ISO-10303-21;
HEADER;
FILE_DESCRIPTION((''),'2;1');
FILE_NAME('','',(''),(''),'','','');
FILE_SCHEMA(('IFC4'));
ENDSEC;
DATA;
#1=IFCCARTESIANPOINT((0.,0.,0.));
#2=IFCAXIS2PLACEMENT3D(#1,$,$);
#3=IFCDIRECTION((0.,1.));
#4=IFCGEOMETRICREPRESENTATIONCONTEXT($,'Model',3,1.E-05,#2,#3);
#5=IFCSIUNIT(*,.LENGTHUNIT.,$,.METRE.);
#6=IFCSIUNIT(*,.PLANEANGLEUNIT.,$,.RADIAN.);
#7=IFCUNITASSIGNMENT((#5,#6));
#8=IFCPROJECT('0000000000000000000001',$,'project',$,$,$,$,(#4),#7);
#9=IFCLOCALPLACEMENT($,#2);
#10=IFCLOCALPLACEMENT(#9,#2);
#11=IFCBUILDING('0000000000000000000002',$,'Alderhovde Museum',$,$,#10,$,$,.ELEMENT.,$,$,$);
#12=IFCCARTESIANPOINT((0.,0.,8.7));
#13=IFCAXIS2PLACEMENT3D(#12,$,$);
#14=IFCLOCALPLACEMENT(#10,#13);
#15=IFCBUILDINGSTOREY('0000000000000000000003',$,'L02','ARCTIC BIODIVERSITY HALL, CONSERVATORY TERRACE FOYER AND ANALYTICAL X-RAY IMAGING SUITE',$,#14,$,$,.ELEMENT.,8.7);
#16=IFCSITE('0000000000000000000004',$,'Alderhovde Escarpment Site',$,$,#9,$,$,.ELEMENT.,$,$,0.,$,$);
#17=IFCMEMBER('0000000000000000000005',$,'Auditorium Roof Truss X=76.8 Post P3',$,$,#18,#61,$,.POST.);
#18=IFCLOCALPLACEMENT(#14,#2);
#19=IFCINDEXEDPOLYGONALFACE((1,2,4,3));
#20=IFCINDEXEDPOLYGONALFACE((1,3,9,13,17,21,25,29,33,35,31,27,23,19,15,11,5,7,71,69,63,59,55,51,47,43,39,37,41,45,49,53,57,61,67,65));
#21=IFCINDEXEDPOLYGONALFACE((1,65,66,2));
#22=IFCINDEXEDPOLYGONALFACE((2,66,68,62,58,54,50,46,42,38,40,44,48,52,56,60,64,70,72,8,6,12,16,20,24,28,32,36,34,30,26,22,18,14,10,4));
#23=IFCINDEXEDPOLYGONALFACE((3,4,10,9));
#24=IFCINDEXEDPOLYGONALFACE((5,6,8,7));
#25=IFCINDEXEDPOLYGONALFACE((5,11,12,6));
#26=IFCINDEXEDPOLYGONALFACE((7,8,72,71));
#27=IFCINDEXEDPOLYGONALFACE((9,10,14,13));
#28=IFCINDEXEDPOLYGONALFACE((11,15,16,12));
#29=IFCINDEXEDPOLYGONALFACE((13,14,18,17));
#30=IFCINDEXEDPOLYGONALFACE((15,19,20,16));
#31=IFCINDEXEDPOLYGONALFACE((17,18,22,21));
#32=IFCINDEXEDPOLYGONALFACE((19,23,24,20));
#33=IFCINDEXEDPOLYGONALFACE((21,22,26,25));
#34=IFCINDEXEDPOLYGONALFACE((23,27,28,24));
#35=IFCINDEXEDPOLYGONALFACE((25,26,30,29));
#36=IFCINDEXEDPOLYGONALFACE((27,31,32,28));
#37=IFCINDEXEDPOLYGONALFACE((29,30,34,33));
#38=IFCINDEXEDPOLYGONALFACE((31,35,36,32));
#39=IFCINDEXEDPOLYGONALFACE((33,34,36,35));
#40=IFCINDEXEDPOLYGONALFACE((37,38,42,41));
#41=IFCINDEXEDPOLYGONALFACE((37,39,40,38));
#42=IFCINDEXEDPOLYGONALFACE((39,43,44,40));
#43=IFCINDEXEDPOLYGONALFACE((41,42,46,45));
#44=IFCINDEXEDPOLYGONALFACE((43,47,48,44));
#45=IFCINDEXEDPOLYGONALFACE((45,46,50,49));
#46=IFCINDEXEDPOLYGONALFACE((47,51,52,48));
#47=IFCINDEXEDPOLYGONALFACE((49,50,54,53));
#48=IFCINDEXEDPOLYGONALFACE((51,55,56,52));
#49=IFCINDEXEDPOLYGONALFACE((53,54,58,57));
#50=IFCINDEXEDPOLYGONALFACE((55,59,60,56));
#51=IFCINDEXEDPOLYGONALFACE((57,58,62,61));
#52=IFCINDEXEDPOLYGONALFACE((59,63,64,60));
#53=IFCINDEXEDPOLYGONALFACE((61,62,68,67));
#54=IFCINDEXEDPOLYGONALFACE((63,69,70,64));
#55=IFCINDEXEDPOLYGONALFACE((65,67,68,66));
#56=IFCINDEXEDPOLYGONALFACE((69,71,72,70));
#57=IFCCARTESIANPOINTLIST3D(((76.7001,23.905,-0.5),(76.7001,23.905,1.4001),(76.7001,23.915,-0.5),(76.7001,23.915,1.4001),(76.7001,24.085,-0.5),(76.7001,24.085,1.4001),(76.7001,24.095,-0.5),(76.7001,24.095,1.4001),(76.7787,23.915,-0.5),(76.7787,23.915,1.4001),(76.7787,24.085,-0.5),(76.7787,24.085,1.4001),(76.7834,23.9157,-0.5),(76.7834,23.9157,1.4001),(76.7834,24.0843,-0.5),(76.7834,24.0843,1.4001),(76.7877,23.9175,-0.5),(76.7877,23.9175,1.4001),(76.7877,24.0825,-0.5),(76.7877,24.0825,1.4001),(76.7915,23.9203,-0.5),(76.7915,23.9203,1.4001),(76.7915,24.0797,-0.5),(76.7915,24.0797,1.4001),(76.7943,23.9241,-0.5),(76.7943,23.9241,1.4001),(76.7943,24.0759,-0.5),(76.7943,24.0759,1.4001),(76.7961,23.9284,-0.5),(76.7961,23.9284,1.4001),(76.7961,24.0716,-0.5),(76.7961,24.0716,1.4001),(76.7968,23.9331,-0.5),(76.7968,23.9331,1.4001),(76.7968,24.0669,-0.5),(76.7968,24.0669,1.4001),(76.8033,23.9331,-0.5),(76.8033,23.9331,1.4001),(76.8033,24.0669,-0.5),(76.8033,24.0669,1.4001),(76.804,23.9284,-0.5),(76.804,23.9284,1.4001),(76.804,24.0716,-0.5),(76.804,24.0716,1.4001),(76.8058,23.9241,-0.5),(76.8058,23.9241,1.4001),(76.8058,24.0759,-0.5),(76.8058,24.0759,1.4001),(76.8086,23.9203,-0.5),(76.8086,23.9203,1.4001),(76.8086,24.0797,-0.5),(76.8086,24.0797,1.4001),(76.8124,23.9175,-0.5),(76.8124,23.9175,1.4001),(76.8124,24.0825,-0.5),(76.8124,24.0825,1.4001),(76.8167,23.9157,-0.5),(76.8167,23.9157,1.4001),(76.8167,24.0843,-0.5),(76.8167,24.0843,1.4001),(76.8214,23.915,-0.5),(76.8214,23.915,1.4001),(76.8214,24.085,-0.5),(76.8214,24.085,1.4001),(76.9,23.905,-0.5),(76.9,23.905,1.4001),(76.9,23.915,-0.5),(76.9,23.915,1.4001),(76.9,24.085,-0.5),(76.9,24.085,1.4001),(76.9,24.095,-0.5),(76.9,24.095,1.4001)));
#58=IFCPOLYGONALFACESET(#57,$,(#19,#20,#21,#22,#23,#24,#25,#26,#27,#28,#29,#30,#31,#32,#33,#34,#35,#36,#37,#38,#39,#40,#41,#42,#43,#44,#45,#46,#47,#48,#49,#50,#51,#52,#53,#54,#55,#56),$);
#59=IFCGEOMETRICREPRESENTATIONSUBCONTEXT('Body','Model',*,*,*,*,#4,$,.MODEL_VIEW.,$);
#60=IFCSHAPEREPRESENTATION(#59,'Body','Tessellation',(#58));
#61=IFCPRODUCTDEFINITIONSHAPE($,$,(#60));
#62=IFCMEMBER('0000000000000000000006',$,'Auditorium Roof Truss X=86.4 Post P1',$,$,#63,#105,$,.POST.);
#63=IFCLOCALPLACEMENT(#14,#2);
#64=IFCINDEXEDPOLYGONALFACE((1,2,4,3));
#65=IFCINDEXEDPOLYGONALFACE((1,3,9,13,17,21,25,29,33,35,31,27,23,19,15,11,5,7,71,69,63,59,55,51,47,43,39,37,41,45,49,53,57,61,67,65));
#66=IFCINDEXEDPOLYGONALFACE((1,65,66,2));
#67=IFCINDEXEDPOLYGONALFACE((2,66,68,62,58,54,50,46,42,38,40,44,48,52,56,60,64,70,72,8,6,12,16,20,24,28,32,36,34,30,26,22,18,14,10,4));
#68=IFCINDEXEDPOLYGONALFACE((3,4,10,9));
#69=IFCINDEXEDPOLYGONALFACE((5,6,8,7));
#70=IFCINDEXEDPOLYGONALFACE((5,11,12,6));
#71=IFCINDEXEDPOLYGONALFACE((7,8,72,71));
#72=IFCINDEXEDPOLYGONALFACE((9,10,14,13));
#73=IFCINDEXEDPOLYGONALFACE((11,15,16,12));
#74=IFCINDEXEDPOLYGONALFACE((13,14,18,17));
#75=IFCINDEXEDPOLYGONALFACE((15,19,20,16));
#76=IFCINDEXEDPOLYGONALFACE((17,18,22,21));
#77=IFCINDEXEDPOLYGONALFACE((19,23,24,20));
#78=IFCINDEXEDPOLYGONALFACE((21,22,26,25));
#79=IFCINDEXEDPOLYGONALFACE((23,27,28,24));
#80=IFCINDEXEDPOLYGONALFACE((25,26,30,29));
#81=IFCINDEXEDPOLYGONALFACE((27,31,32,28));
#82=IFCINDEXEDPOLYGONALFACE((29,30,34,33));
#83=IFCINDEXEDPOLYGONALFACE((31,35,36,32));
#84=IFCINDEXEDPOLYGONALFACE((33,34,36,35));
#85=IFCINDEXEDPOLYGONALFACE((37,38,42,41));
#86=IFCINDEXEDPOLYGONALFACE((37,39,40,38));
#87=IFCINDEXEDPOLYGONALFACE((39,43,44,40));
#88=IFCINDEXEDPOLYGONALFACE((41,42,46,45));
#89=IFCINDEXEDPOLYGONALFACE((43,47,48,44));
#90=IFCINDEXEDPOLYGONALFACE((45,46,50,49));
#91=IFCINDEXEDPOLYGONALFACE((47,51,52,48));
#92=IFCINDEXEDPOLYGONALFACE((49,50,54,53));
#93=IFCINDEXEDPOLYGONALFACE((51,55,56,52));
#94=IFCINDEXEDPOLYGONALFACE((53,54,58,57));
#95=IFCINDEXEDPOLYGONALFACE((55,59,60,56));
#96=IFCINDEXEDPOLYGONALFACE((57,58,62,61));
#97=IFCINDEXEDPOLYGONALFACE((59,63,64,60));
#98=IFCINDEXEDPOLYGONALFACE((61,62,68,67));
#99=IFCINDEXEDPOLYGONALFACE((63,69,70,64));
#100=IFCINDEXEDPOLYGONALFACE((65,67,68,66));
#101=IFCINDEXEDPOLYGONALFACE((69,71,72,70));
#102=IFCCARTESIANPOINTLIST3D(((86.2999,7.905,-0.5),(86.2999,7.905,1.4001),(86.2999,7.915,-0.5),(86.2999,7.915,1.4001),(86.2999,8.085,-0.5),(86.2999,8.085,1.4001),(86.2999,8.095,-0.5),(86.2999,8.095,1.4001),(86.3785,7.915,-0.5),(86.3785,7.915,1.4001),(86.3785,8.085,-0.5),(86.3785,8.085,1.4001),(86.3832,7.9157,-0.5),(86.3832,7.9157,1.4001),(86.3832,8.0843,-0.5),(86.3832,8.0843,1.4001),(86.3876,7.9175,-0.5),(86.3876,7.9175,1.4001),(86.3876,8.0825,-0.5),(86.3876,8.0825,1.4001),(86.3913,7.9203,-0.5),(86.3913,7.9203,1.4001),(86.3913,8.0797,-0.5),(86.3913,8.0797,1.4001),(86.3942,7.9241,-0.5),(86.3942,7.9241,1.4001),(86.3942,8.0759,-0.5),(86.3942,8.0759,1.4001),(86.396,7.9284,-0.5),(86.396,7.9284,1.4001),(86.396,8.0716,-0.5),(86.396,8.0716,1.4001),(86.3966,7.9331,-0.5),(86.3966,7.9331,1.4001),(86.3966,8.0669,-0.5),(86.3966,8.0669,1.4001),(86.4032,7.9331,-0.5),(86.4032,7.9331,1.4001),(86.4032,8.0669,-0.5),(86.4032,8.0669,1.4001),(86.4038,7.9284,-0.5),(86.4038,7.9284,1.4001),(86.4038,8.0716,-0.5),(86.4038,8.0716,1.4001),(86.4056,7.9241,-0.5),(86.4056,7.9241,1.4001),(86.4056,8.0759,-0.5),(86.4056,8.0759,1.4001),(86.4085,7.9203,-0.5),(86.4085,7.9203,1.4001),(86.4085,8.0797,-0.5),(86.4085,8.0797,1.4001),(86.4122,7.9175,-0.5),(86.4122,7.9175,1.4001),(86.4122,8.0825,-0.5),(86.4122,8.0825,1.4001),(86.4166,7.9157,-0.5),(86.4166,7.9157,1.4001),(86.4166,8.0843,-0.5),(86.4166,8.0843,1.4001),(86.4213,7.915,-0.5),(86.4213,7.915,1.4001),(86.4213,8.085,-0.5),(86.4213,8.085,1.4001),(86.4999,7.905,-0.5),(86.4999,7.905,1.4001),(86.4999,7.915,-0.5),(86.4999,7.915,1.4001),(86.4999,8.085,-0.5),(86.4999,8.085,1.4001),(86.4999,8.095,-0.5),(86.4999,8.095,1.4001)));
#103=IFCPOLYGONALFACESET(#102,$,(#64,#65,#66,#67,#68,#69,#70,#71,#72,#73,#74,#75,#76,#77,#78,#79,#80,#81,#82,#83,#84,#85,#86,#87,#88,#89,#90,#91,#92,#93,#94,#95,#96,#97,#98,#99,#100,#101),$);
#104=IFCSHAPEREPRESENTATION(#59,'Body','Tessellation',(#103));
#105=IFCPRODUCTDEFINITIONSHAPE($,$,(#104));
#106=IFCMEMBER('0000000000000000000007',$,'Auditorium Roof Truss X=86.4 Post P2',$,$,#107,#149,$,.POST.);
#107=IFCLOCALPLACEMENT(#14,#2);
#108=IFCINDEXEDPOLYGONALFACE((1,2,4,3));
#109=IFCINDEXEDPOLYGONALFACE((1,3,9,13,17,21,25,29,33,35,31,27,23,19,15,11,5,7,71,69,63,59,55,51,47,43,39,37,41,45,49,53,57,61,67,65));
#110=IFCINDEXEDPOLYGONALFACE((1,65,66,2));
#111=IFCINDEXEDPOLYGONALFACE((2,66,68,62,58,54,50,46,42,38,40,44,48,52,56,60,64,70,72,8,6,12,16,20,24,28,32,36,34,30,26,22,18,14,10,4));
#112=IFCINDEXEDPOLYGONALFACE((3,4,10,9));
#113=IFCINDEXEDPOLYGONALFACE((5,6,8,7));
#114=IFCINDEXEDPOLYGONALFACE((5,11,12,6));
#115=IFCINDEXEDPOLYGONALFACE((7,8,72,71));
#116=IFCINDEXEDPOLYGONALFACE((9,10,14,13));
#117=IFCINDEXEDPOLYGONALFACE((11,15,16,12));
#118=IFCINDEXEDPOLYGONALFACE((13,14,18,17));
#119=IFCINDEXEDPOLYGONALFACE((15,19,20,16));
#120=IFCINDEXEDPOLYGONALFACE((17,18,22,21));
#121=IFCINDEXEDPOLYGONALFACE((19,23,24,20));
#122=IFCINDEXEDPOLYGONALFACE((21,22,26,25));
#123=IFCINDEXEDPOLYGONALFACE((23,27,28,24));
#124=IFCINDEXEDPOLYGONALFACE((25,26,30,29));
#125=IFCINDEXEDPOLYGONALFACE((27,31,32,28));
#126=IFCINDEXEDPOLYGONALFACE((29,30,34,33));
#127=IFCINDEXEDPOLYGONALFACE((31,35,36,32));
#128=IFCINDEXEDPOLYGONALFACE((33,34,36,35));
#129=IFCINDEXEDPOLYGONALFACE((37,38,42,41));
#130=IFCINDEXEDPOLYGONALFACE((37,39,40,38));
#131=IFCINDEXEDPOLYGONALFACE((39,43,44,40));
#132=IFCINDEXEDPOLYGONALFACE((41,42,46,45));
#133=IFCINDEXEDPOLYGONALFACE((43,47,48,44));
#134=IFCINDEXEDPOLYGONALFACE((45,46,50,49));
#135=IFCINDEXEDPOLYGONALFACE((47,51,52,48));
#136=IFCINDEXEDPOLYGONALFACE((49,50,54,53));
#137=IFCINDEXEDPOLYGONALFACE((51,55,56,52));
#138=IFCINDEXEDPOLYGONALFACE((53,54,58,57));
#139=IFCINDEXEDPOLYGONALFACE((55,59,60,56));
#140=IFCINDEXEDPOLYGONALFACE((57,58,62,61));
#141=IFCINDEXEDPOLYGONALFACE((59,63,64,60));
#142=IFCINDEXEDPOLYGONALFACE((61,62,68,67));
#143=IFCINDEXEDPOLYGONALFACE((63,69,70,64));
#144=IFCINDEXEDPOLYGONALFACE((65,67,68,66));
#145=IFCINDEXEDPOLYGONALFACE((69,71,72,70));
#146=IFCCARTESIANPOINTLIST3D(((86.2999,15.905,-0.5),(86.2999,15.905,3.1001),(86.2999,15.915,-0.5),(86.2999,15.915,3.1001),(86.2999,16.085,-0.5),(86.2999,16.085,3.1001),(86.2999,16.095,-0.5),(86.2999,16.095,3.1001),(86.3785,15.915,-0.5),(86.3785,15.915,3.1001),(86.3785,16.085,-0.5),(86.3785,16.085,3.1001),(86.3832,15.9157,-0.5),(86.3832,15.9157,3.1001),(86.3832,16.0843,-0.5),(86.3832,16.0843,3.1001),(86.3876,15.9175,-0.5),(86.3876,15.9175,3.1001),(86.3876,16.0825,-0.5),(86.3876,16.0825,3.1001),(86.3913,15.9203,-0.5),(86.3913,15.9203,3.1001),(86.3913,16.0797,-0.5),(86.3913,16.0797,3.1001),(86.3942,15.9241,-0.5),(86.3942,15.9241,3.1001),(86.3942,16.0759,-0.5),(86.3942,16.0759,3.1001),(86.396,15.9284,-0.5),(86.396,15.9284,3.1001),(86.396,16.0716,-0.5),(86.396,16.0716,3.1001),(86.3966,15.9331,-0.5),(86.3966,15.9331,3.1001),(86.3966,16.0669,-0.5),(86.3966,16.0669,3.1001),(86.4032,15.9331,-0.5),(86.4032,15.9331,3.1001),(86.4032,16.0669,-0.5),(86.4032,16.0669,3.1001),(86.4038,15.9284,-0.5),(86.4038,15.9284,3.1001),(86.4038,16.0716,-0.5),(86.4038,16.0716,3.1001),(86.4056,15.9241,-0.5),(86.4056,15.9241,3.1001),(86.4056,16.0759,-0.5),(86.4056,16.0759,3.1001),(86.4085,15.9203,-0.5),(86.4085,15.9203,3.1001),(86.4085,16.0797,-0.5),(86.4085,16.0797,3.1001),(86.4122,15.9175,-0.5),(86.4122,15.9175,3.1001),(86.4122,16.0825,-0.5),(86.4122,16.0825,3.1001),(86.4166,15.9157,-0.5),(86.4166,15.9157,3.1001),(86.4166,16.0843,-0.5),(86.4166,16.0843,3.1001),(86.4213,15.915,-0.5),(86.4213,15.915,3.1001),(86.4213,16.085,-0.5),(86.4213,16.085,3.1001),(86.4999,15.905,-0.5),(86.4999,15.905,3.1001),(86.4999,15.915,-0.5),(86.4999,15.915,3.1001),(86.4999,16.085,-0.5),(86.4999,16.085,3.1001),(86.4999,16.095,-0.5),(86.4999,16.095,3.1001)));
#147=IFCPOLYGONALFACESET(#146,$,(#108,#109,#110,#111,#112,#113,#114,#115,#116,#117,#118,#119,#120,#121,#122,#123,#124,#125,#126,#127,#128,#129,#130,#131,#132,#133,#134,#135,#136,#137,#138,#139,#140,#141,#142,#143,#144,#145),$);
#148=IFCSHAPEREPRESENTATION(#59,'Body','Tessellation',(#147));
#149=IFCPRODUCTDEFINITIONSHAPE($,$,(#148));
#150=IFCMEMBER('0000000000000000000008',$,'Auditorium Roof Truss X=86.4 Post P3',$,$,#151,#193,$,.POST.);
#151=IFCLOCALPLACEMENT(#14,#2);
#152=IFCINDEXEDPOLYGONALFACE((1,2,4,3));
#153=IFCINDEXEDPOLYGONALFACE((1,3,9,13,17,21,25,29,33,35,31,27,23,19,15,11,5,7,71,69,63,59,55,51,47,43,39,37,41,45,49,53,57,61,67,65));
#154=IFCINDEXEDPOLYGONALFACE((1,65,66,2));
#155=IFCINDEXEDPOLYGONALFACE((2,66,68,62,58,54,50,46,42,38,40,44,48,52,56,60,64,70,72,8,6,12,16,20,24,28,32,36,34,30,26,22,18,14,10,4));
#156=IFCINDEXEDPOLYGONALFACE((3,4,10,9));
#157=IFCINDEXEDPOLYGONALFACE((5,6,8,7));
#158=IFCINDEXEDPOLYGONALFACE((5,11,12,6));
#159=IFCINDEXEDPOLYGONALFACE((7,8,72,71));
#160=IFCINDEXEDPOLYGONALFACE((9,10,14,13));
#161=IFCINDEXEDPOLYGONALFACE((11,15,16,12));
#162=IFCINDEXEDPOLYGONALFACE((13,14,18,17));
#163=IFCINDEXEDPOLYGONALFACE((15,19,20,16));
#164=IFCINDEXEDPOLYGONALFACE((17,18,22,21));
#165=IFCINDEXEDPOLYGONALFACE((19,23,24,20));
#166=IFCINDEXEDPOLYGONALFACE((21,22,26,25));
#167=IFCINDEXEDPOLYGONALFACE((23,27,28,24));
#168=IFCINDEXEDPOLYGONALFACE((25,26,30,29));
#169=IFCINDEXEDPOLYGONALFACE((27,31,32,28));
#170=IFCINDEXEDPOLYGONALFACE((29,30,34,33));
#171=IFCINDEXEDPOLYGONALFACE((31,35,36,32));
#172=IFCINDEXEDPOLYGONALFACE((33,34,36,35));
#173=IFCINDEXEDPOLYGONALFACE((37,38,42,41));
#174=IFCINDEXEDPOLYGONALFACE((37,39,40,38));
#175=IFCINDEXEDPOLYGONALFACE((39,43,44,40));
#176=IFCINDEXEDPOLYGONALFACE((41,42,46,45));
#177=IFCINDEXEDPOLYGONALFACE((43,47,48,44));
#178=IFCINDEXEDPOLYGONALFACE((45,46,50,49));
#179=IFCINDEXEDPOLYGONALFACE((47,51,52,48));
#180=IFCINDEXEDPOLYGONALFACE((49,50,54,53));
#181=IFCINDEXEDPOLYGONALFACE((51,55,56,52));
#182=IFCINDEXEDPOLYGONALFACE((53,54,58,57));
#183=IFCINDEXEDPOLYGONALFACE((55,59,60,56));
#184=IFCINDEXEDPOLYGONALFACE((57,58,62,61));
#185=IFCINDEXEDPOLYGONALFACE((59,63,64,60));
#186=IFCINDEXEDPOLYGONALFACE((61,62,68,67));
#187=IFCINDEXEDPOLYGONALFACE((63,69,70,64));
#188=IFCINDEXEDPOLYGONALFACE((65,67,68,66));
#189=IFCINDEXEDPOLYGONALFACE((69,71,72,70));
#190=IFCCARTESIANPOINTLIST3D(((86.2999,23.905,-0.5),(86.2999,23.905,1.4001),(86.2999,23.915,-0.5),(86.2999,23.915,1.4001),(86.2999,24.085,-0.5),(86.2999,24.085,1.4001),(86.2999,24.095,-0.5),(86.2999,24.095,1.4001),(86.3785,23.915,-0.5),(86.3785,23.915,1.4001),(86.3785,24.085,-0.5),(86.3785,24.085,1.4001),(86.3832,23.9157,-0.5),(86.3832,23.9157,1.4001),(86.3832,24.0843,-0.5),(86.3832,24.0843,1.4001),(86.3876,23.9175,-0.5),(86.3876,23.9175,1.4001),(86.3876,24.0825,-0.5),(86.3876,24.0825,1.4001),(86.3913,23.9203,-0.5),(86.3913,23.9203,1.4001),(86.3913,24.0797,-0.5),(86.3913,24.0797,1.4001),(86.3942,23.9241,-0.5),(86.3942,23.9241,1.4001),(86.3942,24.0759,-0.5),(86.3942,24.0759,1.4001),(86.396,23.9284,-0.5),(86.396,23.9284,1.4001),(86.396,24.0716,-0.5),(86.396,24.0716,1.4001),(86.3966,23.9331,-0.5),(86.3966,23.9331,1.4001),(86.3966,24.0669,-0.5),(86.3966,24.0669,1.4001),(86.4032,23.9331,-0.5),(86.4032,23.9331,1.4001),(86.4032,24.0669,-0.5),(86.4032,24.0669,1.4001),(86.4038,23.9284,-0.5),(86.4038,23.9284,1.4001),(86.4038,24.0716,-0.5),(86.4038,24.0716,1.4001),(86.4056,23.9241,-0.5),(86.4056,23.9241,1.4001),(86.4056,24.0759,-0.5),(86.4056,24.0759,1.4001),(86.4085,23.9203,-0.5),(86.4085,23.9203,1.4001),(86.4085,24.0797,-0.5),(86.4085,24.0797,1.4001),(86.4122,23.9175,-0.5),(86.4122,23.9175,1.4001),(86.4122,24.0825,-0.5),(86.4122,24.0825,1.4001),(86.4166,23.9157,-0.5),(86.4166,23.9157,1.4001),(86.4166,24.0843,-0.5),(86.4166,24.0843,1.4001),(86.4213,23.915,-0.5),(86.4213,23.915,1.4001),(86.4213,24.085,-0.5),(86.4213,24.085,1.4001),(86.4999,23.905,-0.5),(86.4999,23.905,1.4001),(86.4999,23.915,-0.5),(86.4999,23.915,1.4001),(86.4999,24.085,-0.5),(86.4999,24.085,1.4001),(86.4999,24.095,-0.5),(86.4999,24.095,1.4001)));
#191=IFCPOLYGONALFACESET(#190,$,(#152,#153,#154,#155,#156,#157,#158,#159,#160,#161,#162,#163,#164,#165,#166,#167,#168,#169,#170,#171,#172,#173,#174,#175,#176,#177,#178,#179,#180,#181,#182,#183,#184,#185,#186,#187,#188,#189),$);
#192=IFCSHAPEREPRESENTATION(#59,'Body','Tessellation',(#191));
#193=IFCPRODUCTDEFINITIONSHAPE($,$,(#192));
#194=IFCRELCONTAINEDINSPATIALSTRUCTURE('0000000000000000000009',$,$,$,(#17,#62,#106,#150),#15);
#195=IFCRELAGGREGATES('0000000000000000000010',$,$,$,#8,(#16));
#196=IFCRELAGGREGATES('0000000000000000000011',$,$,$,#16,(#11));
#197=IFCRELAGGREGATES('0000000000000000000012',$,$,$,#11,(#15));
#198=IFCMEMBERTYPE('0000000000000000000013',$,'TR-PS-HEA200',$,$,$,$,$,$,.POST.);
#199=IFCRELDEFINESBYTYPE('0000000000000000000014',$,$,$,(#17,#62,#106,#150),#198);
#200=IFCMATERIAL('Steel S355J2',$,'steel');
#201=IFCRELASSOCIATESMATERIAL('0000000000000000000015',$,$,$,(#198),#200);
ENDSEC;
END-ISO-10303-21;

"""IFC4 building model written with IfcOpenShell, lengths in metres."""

from ifc_helpers import new_model, si_unit, direction, frame, origin, origin_2d, place, context, subcontext, project, spatial, i_section, extrude, material, material_profile, profile_set, type_object, element, save


model = new_model("IFC4")

# Units and contexts
model_context = context("Model", 3, precision=1e-05, world=origin(), true_north=direction((0.0, 1.0)))
body_context = subcontext(model_context, "Body", "Model", "MODEL_VIEW")
ifc_project = project(units=[si_unit("LENGTHUNIT", "METRE"), si_unit("PLANEANGLEUNIT", "RADIAN")], contexts=[model_context])

# Site, building, storey
site_placement = place(None, origin())
site = spatial("IfcSite", under=ifc_project, at=site_placement, Name="Alderhovde Escarpment Site", CompositionType="ELEMENT", RefElevation=0.0)
building_placement = place(site_placement, origin())
building = spatial("IfcBuilding", under=site, at=building_placement, Name="Alderhovde Museum", CompositionType="ELEMENT")
storey_placement = place(building_placement, frame((0.0, 0.0, 8.7)))
storey = spatial("IfcBuildingStorey", under=building, at=storey_placement, Name="L02", Description="ARCTIC BIODIVERSITY HALL, CONSERVATORY TERRACE FOYER AND ANALYTICAL X-RAY IMAGING SUITE", CompositionType="ELEMENT", Elevation=8.7)

# Members
ifc_material_1 = material(Name="Steel S355J2", Category="steel")
ifc_material_profile_1 = material_profile(ifc_material_1, i_section(OverallWidth=0.2, OverallDepth=0.1899, WebThickness=0.0066, FlangeThickness=0.01, FilletRadius=0.0181, at=origin_2d()), Name="HEA 200")
ifc_profile_set_1 = profile_set([ifc_material_profile_1], Name="Steel S355J2")
member_type_1 = type_object("IfcMemberType", Name="TR-PS-HEA200", PredefinedType="POST", material=ifc_profile_set_1)
for number, where, z_axis, x_axis, name in (
    (1, (76.8, 24.0, -0.5), (0.0, 0.0, 1.0), (1.0, 0.0, 0.0), "Auditorium Roof Truss X=76.8 Post P3"),
    (2, (86.3999, 8.0, -0.5), (0.0, 0.0, 1.0), (1.0, 0.0, 0.0), "Auditorium Roof Truss X=86.4 Post P1"),
):
    element("IfcMember", number, at=place(storey_placement, frame(where, z_axis=z_axis, x_axis=x_axis)), inside=storey, type_object=member_type_1, Name=name, PredefinedType="POST", context=body_context, shape_type="SweptSolid", body=[
        extrude(i_section(OverallWidth=0.2, OverallDepth=0.1899, WebThickness=0.0066, FlangeThickness=0.01, FilletRadius=0.0181, at=origin_2d()), origin(), (0.0, 0.0, 1.0), 1.9001),
    ])
member_1_placement = place(storey_placement, frame((86.3999, 16.0, -0.5), z_axis=(0.0, 0.0, 1.0), x_axis=(1.0, 0.0, 0.0)))
element("IfcMember", 3, at=member_1_placement, inside=storey, type_object=member_type_1, Name="Auditorium Roof Truss X=86.4 Post P2", PredefinedType="POST", context=body_context, shape_type="SweptSolid", body=[
    extrude(i_section(OverallWidth=0.2, OverallDepth=0.1899, WebThickness=0.0066, FlangeThickness=0.01, FilletRadius=0.0181, at=origin_2d()), origin(), (0.0, 0.0, 1.0), 3.6001),
])
member_2_placement = place(storey_placement, frame((86.3999, 24.0, -0.5), z_axis=(0.0, 0.0, 1.0), x_axis=(1.0, 0.0, 0.0)))
element("IfcMember", 4, at=member_2_placement, inside=storey, type_object=member_type_1, Name="Auditorium Roof Truss X=86.4 Post P3", PredefinedType="POST", context=body_context, shape_type="SweptSolid", body=[
    extrude(i_section(OverallWidth=0.2, OverallDepth=0.1899, WebThickness=0.0066, FlangeThickness=0.01, FilletRadius=0.0181, at=origin_2d()), origin(), (0.0, 0.0, 1.0), 1.9001),
])

save(model, "model.ifc")
